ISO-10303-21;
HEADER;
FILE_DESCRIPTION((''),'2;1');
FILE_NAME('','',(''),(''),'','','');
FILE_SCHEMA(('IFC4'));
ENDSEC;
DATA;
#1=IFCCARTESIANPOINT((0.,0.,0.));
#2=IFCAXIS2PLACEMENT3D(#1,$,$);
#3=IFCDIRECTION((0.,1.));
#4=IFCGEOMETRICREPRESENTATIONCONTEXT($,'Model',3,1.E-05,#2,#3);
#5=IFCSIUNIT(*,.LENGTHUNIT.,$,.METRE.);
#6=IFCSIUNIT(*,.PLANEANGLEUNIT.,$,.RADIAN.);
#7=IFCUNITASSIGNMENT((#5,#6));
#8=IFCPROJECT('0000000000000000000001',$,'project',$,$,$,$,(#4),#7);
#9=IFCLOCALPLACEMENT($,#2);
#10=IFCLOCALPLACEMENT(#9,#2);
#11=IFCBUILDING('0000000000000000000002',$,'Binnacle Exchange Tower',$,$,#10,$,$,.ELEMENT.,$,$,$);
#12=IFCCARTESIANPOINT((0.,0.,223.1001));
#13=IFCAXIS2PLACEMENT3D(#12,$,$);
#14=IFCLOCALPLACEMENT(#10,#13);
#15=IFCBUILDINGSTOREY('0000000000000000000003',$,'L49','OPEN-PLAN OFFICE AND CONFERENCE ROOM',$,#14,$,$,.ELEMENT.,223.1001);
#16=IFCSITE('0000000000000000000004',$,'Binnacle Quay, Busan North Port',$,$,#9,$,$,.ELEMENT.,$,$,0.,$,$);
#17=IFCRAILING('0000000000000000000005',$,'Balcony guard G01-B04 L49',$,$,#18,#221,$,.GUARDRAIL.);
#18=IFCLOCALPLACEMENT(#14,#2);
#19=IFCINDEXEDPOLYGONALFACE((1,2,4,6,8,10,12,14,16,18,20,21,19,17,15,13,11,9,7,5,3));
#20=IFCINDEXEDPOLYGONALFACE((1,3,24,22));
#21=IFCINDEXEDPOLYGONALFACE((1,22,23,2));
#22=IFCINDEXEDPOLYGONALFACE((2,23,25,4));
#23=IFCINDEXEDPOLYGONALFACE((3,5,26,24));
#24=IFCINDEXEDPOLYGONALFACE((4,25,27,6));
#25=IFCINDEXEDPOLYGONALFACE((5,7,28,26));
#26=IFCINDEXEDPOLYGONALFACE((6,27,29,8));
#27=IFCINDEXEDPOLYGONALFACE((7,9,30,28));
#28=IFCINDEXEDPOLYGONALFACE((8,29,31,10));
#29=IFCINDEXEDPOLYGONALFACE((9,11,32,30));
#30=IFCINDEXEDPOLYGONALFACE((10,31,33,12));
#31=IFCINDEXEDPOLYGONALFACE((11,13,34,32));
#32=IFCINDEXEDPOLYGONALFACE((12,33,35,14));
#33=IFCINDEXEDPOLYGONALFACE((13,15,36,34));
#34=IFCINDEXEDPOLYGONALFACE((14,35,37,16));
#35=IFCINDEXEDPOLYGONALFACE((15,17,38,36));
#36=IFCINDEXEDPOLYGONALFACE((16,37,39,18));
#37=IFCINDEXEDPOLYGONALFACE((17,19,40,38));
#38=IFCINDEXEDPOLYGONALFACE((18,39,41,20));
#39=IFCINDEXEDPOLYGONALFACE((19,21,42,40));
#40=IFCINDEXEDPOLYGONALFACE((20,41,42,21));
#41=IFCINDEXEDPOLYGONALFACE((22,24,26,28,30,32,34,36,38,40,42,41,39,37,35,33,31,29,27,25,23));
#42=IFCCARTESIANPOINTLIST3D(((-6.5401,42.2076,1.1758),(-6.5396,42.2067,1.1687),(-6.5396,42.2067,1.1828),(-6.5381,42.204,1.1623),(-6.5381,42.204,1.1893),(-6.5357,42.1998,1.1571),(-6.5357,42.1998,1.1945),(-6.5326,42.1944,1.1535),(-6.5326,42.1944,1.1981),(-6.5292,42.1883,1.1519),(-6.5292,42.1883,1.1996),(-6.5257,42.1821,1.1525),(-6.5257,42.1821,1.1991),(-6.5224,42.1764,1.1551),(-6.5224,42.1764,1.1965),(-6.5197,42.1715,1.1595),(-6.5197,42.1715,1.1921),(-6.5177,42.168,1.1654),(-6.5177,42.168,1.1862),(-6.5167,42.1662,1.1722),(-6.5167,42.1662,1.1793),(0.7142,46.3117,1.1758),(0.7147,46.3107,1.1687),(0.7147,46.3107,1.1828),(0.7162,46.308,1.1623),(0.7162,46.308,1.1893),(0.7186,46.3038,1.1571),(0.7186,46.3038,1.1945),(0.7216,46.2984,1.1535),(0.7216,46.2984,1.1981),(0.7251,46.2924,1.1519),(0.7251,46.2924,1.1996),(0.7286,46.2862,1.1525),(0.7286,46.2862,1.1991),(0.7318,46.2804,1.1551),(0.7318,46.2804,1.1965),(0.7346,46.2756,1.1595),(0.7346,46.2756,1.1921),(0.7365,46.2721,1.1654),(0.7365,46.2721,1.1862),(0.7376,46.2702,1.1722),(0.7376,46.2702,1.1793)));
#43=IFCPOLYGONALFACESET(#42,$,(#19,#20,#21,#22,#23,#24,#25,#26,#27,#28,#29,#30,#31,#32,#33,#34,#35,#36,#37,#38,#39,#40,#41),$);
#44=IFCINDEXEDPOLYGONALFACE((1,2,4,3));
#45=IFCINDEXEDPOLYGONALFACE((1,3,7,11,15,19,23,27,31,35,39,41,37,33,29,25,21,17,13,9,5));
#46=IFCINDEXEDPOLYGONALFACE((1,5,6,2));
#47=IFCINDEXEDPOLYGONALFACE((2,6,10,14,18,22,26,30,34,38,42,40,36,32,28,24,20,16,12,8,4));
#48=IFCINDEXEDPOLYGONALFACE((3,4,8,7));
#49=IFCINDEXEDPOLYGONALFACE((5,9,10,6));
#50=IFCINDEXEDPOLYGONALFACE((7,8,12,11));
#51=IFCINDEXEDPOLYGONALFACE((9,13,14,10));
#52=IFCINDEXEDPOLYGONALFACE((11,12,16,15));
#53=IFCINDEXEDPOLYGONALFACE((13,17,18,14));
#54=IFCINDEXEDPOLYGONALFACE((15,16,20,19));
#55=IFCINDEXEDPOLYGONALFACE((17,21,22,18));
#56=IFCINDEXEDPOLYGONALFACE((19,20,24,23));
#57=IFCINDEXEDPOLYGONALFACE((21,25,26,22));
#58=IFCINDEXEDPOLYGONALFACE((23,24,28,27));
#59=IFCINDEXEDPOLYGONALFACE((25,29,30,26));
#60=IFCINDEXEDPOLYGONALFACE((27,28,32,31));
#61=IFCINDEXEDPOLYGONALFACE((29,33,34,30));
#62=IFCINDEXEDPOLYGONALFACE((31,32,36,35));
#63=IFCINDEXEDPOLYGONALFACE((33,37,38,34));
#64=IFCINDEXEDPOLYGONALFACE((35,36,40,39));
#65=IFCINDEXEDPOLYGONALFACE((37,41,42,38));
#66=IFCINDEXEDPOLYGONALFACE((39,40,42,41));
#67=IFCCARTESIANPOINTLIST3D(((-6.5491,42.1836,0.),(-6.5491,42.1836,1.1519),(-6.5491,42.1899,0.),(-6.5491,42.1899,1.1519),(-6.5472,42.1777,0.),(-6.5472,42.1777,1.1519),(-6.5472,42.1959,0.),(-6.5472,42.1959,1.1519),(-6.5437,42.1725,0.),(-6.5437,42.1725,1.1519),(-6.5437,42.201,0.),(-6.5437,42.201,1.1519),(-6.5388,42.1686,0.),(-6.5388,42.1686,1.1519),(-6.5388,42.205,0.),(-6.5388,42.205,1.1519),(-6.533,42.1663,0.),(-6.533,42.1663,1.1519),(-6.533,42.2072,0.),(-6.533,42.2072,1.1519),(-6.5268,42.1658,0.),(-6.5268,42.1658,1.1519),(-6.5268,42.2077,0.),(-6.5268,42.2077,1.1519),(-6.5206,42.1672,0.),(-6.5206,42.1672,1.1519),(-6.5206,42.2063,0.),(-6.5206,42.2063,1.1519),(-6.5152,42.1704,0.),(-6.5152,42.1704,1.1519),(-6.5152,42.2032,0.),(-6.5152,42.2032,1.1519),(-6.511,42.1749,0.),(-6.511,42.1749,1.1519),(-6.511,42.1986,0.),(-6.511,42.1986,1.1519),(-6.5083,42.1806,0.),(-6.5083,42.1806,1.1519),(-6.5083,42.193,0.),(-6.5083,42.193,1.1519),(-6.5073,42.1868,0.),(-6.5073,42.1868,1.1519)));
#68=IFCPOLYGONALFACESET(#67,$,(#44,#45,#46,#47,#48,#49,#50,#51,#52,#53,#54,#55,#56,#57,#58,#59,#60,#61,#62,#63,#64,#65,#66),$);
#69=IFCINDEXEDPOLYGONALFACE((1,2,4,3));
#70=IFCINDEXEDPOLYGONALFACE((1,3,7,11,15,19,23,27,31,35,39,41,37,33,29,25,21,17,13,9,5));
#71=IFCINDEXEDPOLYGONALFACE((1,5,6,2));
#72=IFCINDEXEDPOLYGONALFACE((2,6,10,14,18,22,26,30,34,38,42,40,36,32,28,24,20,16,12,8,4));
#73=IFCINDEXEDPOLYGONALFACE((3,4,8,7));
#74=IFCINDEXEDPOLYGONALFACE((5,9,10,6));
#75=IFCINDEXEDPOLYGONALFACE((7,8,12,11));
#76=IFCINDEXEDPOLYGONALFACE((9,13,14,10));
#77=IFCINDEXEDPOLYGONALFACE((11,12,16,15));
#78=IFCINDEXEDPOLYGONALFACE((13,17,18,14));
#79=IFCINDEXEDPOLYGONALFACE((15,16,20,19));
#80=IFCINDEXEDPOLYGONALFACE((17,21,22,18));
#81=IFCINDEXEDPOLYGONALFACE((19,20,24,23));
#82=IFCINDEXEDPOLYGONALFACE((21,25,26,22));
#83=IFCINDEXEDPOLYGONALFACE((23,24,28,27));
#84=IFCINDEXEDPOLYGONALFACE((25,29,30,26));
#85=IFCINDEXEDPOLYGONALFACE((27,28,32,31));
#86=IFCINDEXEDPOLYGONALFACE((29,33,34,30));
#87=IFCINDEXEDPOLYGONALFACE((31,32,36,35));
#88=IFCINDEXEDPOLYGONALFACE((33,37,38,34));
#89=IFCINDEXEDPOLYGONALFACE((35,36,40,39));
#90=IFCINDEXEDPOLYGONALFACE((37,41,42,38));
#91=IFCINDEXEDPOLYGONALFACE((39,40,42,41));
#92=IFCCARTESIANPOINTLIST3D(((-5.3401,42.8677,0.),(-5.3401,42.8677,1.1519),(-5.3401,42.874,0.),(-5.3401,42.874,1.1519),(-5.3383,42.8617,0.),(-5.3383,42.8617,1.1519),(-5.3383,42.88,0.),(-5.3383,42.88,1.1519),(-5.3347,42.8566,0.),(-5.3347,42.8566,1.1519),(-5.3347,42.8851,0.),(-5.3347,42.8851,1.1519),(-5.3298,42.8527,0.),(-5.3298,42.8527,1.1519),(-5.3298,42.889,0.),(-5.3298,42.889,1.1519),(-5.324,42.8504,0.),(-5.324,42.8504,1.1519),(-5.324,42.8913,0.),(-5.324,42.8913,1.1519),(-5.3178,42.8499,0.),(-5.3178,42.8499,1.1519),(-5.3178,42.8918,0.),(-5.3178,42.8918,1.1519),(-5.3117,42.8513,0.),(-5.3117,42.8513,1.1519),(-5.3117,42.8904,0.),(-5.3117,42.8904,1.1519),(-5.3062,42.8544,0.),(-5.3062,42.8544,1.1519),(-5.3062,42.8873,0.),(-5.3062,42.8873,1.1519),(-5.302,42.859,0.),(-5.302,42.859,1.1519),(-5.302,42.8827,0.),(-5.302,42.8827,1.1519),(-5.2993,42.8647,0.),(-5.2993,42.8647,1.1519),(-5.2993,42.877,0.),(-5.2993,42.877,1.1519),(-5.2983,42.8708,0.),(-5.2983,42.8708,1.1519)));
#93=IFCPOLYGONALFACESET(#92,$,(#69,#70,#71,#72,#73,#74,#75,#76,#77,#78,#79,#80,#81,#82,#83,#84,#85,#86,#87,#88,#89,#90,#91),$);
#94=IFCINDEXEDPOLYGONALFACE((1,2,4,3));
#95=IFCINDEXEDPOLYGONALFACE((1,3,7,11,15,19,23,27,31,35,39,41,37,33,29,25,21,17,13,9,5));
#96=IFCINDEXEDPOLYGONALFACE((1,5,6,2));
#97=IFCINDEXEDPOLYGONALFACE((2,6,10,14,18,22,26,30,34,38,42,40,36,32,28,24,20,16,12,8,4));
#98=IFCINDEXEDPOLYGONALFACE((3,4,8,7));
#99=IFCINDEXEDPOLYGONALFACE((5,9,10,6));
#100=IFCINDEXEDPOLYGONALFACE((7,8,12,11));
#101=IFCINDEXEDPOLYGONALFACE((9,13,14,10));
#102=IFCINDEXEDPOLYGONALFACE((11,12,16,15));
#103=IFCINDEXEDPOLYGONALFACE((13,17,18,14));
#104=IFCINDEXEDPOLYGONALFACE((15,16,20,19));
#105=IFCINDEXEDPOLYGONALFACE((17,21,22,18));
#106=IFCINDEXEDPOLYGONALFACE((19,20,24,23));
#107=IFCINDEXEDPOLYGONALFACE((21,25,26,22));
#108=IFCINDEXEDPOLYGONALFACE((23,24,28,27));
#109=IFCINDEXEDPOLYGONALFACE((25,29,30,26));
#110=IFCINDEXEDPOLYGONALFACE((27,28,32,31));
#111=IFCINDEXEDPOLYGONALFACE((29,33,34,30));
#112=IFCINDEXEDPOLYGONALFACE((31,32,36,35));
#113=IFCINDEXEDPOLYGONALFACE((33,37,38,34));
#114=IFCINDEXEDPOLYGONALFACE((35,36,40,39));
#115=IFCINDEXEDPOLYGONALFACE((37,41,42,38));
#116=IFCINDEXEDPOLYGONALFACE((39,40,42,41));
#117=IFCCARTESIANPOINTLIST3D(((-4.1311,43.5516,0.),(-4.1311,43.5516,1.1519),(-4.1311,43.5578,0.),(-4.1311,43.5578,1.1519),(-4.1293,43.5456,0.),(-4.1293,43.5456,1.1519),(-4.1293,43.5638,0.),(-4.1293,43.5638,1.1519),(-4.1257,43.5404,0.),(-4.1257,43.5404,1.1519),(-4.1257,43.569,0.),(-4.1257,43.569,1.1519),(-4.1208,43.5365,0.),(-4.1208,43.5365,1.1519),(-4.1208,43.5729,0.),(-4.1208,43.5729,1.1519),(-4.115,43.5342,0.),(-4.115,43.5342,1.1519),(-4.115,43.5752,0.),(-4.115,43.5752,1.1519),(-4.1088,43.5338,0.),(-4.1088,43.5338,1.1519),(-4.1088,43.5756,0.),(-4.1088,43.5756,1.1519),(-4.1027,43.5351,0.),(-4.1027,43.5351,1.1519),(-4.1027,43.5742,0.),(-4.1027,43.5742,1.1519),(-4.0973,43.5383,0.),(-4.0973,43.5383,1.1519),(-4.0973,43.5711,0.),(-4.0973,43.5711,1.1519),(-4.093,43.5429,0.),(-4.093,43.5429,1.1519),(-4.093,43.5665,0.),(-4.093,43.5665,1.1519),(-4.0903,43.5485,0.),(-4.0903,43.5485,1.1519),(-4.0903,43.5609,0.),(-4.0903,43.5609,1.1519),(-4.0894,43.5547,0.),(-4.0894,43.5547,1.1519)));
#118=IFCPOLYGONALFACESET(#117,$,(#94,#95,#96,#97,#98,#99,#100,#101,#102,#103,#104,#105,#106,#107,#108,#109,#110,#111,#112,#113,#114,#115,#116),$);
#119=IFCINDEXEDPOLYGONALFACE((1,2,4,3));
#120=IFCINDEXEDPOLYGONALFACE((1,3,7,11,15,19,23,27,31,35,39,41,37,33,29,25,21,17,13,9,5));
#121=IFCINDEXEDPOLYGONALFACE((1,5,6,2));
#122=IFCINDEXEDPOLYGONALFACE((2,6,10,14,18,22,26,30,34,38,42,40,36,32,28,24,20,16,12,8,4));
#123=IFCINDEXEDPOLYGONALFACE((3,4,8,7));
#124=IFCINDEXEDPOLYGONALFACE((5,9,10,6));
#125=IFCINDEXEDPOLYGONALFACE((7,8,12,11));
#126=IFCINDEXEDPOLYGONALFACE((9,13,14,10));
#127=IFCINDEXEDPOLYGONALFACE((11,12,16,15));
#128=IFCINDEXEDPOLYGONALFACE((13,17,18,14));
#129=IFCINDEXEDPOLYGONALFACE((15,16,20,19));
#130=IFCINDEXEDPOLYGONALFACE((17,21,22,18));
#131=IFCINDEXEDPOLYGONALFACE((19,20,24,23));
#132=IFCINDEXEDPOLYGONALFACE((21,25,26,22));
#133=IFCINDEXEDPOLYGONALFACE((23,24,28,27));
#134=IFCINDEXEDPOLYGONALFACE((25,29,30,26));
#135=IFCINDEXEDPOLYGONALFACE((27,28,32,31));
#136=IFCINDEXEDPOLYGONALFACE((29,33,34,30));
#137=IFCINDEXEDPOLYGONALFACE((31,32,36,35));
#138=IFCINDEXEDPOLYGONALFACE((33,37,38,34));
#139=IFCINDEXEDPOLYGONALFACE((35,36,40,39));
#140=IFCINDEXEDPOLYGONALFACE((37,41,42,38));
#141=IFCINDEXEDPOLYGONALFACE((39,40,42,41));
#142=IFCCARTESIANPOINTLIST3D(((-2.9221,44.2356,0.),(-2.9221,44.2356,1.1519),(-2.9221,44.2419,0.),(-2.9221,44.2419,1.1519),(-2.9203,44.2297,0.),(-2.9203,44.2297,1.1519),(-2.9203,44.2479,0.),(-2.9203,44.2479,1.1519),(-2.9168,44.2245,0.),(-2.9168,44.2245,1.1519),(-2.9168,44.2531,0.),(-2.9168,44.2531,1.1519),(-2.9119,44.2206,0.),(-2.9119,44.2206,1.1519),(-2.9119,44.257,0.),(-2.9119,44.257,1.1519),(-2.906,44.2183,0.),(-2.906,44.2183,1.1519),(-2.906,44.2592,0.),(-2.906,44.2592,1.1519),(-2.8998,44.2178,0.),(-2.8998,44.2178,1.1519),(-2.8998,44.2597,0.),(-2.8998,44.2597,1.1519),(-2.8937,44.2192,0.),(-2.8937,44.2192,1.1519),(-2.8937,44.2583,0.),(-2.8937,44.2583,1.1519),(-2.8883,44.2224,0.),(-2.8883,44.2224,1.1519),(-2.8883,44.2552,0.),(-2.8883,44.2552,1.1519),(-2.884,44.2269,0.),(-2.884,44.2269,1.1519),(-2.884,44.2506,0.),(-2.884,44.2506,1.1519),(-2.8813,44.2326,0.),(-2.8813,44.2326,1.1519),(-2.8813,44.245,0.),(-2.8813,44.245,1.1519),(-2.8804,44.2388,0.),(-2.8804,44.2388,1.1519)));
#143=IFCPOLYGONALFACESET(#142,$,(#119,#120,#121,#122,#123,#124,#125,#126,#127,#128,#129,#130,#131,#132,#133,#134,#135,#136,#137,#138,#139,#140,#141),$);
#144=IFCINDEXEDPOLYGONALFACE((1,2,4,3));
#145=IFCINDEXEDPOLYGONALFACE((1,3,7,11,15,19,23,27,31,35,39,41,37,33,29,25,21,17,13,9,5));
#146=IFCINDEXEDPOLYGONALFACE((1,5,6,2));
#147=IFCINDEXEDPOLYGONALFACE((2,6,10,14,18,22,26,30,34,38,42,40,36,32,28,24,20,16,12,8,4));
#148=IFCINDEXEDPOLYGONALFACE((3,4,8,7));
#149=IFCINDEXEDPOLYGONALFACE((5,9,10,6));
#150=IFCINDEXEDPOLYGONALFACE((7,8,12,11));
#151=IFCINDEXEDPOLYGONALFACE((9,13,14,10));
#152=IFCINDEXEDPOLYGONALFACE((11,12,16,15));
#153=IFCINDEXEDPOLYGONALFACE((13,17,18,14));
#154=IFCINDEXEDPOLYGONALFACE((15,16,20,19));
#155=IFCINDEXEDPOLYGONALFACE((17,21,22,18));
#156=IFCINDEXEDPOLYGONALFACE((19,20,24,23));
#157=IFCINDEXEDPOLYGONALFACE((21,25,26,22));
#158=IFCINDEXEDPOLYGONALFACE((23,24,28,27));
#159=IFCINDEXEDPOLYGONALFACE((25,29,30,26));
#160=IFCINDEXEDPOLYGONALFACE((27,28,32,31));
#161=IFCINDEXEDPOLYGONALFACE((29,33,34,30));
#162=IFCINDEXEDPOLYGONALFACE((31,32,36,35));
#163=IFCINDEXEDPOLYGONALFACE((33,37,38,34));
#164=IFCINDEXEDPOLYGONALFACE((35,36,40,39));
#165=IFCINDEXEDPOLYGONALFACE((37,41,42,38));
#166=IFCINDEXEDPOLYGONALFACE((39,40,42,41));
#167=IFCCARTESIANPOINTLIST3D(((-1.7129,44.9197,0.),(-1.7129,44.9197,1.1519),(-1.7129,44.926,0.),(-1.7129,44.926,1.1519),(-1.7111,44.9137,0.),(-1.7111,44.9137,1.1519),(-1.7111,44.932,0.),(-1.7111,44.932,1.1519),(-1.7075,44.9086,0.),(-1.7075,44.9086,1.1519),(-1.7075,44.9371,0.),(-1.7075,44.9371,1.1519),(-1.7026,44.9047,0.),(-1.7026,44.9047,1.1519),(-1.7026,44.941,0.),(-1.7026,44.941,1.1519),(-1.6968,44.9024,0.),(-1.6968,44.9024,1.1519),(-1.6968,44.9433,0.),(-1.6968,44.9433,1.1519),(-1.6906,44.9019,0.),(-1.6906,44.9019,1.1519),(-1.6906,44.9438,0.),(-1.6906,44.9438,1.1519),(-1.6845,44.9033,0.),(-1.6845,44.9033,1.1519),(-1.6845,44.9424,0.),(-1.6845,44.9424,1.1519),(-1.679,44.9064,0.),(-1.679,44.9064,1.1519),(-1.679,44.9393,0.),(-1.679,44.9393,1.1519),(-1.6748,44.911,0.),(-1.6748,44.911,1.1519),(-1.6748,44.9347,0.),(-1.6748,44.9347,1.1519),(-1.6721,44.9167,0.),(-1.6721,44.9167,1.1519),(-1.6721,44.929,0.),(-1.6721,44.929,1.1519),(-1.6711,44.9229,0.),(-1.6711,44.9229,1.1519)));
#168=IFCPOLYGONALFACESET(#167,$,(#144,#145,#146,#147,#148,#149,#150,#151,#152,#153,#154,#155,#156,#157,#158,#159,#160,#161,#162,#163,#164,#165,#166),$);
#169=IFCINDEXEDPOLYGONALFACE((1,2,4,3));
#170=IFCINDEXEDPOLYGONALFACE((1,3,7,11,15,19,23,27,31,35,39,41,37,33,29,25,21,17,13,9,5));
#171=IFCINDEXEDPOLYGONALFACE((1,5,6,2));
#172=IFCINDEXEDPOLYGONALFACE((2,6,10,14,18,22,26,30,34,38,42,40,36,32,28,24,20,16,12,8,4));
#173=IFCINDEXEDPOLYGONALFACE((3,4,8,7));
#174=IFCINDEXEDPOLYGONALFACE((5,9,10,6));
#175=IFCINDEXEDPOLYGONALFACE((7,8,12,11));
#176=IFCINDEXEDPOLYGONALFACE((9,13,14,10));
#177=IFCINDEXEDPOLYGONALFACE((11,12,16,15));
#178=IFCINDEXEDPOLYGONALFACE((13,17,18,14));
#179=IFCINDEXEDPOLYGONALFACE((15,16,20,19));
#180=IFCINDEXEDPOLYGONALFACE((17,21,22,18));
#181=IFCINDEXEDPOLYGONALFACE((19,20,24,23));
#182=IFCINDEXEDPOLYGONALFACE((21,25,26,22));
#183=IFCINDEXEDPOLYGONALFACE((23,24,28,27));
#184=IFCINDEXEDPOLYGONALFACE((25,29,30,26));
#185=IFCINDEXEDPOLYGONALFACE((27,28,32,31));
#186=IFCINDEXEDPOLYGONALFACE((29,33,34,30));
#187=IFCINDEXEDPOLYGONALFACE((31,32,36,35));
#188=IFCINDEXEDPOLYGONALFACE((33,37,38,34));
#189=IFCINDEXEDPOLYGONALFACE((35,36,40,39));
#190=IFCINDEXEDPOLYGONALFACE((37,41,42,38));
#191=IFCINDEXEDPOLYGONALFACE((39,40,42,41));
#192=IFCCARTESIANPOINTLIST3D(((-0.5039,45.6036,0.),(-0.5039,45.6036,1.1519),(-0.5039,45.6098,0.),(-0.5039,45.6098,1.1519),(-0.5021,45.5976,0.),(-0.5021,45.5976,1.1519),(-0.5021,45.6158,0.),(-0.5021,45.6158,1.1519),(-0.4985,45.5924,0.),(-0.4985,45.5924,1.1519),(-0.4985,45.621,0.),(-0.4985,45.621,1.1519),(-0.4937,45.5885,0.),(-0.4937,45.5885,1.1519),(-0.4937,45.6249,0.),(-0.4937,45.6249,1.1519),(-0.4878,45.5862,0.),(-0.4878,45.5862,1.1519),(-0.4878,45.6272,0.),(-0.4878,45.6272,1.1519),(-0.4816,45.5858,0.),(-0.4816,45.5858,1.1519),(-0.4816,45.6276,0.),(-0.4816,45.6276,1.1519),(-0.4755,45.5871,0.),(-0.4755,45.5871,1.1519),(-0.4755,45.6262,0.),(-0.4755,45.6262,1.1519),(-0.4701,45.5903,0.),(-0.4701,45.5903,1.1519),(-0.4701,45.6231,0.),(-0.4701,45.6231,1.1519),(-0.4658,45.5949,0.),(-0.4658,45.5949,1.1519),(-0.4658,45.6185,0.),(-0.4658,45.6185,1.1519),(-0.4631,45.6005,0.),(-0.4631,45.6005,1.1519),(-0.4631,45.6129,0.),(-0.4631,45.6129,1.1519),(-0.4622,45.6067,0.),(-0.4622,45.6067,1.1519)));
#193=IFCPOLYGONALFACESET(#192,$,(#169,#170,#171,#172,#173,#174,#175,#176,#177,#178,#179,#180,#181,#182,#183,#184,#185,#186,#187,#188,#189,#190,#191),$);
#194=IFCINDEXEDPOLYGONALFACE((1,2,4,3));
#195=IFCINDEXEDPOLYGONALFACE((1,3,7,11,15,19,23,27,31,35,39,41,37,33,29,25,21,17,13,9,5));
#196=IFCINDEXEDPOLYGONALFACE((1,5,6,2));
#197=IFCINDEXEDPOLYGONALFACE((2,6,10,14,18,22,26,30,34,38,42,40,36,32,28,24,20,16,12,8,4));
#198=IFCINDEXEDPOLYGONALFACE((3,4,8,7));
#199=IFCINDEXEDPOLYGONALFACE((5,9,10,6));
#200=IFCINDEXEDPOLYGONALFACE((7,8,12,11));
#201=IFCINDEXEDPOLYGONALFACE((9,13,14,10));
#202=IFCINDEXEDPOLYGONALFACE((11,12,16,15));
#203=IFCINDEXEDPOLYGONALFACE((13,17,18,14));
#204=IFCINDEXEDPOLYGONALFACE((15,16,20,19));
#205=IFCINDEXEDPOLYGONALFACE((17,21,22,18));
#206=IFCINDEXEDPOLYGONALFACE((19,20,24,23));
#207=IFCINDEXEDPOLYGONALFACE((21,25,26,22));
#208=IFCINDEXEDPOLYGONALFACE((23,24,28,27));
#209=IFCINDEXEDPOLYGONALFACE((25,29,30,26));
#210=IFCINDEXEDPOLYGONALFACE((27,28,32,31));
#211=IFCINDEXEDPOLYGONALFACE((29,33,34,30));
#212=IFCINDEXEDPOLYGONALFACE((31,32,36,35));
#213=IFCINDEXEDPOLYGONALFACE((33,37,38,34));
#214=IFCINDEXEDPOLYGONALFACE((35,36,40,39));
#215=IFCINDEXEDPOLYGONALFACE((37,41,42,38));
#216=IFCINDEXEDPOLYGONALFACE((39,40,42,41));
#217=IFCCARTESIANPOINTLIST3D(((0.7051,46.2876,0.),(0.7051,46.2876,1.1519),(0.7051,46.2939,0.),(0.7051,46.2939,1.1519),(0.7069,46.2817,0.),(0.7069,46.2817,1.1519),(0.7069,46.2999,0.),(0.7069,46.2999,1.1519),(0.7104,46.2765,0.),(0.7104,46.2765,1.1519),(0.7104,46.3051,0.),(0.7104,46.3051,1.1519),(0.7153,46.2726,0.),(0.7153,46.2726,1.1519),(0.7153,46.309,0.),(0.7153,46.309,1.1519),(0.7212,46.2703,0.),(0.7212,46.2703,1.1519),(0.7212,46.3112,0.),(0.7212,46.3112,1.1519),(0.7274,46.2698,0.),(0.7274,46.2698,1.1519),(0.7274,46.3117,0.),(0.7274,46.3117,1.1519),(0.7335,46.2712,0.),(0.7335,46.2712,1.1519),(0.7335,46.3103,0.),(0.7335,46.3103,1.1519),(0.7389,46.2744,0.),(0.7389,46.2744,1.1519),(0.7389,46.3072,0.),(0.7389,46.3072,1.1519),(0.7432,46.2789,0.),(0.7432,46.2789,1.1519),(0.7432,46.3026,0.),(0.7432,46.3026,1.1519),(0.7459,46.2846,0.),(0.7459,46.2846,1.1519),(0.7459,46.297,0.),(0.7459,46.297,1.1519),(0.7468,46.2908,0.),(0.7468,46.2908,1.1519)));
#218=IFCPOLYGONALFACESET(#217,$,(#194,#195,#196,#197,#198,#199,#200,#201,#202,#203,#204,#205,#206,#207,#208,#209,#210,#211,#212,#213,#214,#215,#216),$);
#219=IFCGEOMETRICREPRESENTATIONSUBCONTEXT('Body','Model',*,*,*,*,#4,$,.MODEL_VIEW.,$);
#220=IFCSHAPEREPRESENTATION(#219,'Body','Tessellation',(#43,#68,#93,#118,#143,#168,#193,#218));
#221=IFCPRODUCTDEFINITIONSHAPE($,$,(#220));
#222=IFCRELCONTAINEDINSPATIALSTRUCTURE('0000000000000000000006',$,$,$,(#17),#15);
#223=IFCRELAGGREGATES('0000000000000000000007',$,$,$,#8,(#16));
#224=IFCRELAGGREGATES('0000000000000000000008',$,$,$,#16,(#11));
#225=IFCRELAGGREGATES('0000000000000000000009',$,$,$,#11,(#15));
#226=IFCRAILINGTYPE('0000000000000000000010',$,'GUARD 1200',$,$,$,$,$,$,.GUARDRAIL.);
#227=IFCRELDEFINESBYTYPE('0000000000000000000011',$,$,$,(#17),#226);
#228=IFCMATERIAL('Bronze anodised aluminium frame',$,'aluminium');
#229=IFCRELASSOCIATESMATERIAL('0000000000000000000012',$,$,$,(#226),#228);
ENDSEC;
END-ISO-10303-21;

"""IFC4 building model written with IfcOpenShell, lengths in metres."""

from ifc_helpers import new_model, si_unit, direction, frame, origin, origin_2d, place, context, subcontext, project, spatial, circle, extrude, material, type_object, element, save


model = new_model("IFC4")

# Units and contexts
model_context = context("Model", 3, precision=1e-05, world=origin(), true_north=direction((0.0, 1.0)))
body_context = subcontext(model_context, "Body", "Model", "MODEL_VIEW")
ifc_project = project(units=[si_unit("LENGTHUNIT", "METRE"), si_unit("PLANEANGLEUNIT", "RADIAN")], contexts=[model_context])

# Site, building, storey
site_placement = place(None, origin())
site = spatial("IfcSite", under=ifc_project, at=site_placement, Name="Binnacle Quay, Busan North Port", CompositionType="ELEMENT", RefElevation=0.0)
building_placement = place(site_placement, origin())
building = spatial("IfcBuilding", under=site, at=building_placement, Name="Binnacle Exchange Tower", CompositionType="ELEMENT")
storey_placement = place(building_placement, frame((0.0, 0.0, 223.1001)))
storey = spatial("IfcBuildingStorey", under=building, at=storey_placement, Name="L49", Description="OPEN-PLAN OFFICE AND CONFERENCE ROOM", CompositionType="ELEMENT", Elevation=223.1001)

# Railing
ifc_material_1 = material(Name="Bronze anodised aluminium frame", Category="aluminium")
railing_type = type_object("IfcRailingType", Name="GUARD 1200", PredefinedType="GUARDRAIL", material=ifc_material_1)
railing_1_placement = place(storey_placement, frame((-6.5283, 42.1868, 0.0)))
element("IfcRailing", 1, at=railing_1_placement, inside=storey, type_object=railing_type, Name="Balcony guard G01-B04 L49", PredefinedType="GUARDRAIL", context=body_context, shape_type="SweptSolid", body=[
    extrude(circle(Radius=0.0239, at=origin_2d()), frame((0.0, 0.0, 1.1758), z_axis=(0.870366, 0.492406, 0.0), x_axis=(-0.492406, 0.870366, 0.0)), (0.0, 0.0, 1.0), 8.3347),
    extrude(circle(Radius=0.021, at=origin_2d()), origin(), (0.0, 0.0, 1.0), 1.1519),
    extrude(circle(Radius=0.021, at=origin_2d()), frame((1.209, 0.6841, 0.0)), (0.0, 0.0, 1.0), 1.1519),
    extrude(circle(Radius=0.021, at=origin_2d()), frame((2.418, 1.3679, 0.0)), (0.0, 0.0, 1.0), 1.1519),
    extrude(circle(Radius=0.021, at=origin_2d()), frame((3.627, 2.052, 0.0)), (0.0, 0.0, 1.0), 1.1519),
    extrude(circle(Radius=0.021, at=origin_2d()), frame((4.8362, 2.7361, 0.0)), (0.0, 0.0, 1.0), 1.1519),
    extrude(circle(Radius=0.021, at=origin_2d()), frame((6.0452, 3.4199, 0.0)), (0.0, 0.0, 1.0), 1.1519),
    extrude(circle(Radius=0.021, at=origin_2d()), frame((7.2542, 4.104, 0.0)), (0.0, 0.0, 1.0), 1.1519),
])

save(model, "model.ifc")
